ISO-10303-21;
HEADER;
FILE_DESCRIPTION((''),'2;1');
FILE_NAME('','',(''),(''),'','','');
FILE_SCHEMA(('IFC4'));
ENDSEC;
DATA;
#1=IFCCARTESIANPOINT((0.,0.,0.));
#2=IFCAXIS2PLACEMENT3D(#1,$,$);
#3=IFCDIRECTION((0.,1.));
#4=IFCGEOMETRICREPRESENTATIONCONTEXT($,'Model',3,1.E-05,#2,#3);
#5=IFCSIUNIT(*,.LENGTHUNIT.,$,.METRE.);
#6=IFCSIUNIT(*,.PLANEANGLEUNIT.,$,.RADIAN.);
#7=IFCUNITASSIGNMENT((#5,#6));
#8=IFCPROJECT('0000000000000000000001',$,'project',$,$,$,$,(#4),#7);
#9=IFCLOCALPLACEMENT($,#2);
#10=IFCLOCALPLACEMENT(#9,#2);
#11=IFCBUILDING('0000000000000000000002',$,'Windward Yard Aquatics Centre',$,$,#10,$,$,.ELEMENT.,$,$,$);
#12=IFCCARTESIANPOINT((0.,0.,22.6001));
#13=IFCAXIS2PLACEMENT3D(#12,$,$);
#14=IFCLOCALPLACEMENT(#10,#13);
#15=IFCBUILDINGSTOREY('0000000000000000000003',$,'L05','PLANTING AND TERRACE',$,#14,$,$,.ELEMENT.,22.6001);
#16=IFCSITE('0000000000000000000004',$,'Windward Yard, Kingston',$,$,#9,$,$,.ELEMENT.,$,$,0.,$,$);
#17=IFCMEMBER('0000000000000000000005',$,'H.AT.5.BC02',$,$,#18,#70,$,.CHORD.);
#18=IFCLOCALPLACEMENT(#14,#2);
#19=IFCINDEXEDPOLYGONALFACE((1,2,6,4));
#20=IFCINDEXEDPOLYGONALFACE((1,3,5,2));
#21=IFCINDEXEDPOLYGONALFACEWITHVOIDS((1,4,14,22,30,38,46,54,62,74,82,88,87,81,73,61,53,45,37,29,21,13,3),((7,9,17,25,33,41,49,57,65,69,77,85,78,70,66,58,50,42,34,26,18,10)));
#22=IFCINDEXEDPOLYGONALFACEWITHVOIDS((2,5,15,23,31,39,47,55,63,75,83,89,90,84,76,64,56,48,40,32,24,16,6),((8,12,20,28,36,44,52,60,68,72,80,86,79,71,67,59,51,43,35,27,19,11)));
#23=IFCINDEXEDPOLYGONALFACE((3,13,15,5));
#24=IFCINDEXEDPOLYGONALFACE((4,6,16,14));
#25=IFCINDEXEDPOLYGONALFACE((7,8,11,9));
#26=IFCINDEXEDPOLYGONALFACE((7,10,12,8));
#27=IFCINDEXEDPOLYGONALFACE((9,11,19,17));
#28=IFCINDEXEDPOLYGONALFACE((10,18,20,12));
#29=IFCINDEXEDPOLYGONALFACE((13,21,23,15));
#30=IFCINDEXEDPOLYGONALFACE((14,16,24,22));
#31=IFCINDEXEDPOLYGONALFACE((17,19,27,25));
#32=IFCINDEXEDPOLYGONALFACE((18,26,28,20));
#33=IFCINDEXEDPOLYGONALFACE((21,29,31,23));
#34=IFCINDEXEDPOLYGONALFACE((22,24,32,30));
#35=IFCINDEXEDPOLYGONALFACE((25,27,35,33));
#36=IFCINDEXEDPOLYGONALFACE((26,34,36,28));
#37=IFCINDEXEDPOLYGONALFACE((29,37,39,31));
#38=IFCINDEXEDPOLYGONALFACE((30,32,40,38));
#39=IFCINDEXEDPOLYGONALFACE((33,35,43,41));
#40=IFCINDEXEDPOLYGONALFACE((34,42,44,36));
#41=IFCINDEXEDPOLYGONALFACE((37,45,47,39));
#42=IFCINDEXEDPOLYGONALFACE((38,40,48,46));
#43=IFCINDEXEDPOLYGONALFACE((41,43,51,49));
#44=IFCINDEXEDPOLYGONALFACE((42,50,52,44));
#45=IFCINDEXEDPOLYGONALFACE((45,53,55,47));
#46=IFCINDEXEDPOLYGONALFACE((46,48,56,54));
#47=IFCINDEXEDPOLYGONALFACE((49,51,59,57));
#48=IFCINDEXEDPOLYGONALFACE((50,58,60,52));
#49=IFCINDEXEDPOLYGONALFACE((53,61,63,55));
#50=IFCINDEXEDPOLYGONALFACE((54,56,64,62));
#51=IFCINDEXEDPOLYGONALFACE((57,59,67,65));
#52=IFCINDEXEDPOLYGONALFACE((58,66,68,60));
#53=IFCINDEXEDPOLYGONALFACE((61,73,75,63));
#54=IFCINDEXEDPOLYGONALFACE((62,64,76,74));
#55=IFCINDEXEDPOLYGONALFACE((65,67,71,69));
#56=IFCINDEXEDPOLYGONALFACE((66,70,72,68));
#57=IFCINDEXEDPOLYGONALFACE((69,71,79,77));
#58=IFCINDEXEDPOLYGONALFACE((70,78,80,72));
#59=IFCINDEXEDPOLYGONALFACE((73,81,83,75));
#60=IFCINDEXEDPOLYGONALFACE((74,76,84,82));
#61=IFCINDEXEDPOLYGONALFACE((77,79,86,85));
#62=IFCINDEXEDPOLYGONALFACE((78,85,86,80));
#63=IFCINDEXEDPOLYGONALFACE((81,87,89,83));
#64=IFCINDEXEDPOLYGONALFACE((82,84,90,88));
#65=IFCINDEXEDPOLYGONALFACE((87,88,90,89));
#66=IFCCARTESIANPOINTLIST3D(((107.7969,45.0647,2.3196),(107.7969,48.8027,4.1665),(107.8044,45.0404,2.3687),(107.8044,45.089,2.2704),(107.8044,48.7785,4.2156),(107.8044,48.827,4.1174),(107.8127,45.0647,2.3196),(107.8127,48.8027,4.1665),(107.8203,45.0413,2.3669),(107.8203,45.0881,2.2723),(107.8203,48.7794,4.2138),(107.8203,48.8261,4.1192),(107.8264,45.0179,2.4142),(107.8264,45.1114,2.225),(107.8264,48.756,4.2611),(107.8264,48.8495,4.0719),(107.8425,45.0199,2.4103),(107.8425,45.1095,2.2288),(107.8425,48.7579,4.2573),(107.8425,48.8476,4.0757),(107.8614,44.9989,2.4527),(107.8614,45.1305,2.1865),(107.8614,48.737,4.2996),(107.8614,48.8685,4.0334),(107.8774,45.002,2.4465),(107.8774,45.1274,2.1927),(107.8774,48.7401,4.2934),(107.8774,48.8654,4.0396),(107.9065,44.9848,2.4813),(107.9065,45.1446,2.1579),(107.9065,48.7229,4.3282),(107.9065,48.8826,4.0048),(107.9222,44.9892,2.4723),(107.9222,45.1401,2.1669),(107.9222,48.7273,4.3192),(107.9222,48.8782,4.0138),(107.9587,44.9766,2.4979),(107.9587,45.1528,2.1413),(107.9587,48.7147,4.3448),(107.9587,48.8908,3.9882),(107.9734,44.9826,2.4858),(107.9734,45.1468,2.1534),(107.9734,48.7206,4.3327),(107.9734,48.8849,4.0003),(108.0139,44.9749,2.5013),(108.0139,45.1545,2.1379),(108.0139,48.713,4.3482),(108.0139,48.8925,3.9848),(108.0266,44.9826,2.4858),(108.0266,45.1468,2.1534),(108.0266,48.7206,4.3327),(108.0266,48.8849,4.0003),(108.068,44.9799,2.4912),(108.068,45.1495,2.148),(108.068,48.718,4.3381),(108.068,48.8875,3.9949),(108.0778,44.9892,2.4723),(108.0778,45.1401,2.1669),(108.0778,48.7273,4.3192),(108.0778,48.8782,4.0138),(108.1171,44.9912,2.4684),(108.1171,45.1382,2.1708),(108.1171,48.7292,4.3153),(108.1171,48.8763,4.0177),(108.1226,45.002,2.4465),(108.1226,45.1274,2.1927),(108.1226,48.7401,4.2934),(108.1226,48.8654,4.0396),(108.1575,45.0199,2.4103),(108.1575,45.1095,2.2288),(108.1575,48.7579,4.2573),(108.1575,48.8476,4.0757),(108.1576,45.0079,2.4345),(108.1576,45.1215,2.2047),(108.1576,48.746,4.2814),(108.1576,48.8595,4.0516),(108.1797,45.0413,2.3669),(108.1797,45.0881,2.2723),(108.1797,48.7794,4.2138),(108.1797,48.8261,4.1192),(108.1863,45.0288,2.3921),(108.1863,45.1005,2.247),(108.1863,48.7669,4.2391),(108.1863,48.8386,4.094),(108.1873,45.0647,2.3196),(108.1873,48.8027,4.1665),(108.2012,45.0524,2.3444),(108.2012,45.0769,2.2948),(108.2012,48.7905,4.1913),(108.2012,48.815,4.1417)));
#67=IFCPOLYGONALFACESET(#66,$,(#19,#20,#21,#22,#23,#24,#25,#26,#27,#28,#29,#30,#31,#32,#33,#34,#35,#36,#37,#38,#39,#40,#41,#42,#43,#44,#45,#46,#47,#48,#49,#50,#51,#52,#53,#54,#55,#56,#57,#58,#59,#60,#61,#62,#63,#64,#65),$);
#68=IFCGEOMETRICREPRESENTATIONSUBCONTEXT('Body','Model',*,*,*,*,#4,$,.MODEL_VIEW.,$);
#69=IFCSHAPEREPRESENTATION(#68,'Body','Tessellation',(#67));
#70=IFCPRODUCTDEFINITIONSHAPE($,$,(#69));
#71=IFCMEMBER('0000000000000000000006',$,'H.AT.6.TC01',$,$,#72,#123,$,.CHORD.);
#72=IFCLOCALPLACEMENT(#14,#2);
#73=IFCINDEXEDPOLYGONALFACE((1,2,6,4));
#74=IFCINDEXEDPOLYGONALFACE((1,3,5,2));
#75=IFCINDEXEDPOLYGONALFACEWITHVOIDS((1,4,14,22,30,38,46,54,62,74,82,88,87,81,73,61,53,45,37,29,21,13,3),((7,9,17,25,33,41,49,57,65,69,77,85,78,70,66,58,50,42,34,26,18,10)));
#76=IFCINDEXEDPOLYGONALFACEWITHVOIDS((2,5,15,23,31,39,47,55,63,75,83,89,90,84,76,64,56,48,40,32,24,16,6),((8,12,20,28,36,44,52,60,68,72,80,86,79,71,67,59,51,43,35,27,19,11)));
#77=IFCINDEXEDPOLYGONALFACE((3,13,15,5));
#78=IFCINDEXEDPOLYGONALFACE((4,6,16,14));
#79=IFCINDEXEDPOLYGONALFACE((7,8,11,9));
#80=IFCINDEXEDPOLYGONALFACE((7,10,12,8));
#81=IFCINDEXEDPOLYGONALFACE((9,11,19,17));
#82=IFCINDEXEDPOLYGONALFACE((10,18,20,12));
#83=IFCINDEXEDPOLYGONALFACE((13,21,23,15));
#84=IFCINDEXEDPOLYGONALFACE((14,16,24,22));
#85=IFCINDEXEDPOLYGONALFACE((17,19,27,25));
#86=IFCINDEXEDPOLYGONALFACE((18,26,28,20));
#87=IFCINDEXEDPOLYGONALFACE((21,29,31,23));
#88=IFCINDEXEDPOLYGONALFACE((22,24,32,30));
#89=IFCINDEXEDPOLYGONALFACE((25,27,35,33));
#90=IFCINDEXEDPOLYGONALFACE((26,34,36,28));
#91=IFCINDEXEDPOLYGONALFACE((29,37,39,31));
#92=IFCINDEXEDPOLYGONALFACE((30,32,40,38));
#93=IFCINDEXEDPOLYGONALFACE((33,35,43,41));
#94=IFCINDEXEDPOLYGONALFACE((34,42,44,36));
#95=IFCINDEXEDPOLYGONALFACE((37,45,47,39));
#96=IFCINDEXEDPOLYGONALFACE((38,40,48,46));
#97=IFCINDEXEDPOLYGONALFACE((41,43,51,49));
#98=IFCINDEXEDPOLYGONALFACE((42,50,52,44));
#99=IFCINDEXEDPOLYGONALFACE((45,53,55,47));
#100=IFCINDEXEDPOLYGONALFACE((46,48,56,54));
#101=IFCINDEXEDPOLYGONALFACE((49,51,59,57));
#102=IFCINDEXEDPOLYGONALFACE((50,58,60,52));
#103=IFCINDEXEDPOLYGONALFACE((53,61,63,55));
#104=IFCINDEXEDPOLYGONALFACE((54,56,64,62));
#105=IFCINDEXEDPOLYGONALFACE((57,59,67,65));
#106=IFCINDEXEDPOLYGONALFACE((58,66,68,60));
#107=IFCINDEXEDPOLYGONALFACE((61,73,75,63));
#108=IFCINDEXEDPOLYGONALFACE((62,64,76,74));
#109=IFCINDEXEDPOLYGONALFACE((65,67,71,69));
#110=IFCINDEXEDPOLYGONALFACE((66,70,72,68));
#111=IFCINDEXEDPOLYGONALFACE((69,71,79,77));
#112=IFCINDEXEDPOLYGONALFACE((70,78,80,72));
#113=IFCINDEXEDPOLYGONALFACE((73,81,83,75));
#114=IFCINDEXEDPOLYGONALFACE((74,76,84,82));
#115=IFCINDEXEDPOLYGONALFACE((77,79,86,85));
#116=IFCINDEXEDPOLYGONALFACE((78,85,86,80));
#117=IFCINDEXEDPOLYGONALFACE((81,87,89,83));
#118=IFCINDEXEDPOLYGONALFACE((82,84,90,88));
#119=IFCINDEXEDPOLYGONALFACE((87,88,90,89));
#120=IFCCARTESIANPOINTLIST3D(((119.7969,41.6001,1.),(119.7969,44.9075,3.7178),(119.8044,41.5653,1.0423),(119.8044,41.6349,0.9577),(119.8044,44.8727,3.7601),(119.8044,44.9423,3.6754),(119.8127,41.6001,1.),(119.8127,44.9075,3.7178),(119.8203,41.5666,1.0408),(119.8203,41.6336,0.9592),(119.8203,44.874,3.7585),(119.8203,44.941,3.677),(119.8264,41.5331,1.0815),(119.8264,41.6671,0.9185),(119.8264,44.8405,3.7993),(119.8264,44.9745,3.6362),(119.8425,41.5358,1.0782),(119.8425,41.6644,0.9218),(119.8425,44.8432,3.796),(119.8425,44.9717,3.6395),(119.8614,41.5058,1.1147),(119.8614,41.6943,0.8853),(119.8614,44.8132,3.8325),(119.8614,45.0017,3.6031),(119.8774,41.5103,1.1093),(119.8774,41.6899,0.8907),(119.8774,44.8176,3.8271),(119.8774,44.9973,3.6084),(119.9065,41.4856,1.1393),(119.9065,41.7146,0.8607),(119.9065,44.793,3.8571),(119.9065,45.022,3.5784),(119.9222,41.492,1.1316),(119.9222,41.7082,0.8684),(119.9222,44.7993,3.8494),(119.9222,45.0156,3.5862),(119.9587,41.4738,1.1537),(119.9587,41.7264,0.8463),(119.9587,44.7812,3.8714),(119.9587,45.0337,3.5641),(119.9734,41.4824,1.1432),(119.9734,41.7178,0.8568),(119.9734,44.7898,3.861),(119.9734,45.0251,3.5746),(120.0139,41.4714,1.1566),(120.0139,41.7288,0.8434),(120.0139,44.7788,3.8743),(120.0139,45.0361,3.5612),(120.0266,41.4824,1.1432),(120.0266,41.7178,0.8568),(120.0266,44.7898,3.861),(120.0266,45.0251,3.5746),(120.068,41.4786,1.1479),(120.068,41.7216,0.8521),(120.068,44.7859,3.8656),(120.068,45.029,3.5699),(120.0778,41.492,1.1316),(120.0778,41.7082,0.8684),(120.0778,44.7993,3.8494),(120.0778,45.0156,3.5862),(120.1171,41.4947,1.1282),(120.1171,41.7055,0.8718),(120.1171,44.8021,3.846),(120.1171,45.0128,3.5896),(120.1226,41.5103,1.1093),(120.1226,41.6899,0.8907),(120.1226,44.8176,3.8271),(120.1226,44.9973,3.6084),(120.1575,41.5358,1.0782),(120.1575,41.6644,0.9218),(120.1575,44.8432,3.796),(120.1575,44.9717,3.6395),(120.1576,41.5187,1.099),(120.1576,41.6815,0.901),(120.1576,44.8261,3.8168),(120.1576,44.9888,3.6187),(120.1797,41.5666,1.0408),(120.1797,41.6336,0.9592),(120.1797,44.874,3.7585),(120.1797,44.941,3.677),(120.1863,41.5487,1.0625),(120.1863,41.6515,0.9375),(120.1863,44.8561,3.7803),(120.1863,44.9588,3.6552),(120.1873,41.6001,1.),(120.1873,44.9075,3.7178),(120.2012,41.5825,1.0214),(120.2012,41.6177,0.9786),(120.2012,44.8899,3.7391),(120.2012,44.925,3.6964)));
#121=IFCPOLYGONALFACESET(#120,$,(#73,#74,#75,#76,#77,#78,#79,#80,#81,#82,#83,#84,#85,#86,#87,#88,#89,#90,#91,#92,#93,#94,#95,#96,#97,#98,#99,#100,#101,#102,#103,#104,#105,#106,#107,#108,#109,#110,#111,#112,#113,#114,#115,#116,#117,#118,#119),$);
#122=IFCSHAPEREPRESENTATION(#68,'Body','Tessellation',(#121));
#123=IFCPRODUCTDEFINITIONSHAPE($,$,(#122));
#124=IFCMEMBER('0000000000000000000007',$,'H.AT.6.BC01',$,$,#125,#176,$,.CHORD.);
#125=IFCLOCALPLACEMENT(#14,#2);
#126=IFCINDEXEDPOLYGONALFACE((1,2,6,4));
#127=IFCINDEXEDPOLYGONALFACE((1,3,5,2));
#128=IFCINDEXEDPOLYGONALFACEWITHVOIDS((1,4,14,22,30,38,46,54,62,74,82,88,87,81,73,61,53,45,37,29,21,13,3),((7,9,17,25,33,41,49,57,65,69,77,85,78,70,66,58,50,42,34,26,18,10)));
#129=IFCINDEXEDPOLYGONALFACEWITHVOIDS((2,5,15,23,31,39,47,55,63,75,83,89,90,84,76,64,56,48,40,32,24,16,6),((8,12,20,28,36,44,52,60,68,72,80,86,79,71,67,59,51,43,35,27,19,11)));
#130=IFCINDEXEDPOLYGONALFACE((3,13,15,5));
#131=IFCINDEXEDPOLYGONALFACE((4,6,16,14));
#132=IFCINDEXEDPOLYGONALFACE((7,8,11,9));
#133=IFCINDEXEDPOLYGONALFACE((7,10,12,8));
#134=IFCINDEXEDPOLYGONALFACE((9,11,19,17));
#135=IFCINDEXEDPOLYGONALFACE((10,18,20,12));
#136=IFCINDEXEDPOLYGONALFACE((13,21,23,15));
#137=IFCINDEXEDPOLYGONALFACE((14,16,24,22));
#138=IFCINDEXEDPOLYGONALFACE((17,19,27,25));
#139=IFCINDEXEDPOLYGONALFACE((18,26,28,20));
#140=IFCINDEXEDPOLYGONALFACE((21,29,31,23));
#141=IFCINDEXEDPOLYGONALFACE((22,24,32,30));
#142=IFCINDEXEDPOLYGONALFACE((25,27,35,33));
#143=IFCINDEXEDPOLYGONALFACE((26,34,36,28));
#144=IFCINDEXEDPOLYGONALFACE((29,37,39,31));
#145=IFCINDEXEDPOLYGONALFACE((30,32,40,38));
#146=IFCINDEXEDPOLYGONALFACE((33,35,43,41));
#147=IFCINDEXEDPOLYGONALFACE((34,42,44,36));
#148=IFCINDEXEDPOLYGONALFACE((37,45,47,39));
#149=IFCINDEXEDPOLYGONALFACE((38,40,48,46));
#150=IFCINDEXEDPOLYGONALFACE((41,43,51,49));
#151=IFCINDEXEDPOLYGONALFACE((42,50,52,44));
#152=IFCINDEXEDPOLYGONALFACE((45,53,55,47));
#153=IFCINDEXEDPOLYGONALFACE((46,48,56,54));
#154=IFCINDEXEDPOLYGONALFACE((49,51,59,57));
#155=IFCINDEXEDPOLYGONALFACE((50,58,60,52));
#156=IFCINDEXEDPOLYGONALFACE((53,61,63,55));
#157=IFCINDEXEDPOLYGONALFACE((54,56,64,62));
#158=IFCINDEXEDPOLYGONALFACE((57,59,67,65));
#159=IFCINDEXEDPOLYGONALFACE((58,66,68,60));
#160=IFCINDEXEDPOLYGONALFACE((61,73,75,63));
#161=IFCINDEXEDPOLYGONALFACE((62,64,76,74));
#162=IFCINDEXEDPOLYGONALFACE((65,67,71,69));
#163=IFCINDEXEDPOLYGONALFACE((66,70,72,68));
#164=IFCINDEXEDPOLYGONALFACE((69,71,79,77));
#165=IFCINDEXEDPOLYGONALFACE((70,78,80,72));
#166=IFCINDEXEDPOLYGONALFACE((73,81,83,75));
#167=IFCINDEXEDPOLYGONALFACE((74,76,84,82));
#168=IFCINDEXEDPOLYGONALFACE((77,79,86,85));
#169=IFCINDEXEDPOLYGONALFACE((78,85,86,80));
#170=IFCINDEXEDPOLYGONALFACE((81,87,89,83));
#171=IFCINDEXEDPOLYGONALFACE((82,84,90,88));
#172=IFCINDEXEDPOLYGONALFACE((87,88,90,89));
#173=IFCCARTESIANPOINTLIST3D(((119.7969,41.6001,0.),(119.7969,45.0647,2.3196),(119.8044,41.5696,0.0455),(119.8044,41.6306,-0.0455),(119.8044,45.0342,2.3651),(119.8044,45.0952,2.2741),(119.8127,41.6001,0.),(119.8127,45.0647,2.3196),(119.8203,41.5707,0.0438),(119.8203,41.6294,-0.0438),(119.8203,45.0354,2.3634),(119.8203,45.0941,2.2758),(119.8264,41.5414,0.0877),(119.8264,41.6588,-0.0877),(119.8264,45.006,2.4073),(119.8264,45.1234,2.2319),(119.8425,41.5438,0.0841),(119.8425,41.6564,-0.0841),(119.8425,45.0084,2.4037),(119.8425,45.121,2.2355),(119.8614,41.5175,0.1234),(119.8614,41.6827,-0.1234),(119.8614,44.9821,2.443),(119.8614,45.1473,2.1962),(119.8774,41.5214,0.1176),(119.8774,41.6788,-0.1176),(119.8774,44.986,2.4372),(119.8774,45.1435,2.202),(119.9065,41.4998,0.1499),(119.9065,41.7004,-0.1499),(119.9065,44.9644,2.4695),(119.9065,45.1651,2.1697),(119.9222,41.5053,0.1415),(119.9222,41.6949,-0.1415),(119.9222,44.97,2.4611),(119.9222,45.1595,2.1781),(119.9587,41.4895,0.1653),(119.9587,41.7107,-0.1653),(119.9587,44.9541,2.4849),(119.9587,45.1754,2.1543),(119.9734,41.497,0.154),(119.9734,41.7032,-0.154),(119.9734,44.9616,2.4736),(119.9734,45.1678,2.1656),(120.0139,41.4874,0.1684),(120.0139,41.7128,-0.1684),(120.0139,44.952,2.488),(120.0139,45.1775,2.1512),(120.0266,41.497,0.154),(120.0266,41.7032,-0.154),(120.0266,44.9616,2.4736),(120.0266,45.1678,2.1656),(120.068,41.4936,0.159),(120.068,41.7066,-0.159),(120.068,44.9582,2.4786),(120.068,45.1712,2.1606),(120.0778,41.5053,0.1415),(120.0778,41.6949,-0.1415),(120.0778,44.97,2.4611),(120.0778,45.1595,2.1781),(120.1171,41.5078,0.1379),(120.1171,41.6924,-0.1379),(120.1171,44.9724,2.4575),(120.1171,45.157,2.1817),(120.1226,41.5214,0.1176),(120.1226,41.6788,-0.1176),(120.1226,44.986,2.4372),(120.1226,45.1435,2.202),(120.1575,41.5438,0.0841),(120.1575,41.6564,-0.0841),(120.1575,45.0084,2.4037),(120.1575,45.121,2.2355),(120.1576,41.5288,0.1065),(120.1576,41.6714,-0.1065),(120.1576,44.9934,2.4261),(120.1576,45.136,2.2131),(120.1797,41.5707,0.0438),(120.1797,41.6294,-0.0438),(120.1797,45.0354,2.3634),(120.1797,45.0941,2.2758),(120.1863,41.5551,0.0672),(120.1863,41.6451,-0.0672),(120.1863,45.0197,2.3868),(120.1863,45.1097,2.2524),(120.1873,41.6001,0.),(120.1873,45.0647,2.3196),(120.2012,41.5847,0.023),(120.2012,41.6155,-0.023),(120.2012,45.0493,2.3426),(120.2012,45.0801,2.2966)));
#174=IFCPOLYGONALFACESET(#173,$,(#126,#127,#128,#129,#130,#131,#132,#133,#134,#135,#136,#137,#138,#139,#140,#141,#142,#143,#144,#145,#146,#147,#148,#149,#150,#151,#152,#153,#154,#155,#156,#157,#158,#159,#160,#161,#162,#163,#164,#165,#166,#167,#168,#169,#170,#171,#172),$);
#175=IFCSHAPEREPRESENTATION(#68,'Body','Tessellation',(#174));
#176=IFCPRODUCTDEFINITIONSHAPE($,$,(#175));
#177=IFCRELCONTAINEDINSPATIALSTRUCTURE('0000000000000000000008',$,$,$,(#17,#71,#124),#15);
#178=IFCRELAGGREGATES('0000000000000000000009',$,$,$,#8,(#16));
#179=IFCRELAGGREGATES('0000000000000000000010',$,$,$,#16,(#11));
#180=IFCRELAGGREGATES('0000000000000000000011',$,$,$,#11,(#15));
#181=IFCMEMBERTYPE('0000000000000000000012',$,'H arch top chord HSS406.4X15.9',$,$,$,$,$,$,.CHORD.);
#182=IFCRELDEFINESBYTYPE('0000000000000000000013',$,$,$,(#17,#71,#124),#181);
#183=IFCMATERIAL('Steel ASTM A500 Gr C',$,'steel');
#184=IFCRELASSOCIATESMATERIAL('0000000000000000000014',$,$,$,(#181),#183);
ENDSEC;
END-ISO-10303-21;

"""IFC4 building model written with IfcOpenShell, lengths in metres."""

from ifc_helpers import new_model, si_unit, direction, frame, origin, origin_2d, place, context, subcontext, project, spatial, hollow_circle, extrude, material, material_profile, profile_set, type_object, element, save


model = new_model("IFC4")

# Units and contexts
model_context = context("Model", 3, precision=1e-05, world=origin(), true_north=direction((0.0, 1.0)))
body_context = subcontext(model_context, "Body", "Model", "MODEL_VIEW")
ifc_project = project(units=[si_unit("LENGTHUNIT", "METRE"), si_unit("PLANEANGLEUNIT", "RADIAN")], contexts=[model_context])

# Site, building, storey
site_placement = place(None, origin())
site = spatial("IfcSite", under=ifc_project, at=site_placement, Name="Windward Yard, Kingston", CompositionType="ELEMENT", RefElevation=0.0)
building_placement = place(site_placement, origin())
building = spatial("IfcBuilding", under=site, at=building_placement, Name="Windward Yard Aquatics Centre", CompositionType="ELEMENT")
storey_placement = place(building_placement, frame((0.0, 0.0, 22.6001)))
storey = spatial("IfcBuildingStorey", under=building, at=storey_placement, Name="L05", Description="PLANTING AND TERRACE", CompositionType="ELEMENT", Elevation=22.6001)

# Members
ifc_material_1 = material(Name="Steel ASTM A500 Gr C", Category="steel")
ifc_material_profile_1 = material_profile(ifc_material_1, hollow_circle(Radius=0.2031, WallThickness=0.0159, at=origin_2d()), Name="HSS406.4X15.9")
ifc_profile_set_1 = profile_set([ifc_material_profile_1], Name="Steel ASTM A500 Gr C")
member_type_1 = type_object("IfcMemberType", Name="H arch top chord HSS406.4X15.9", PredefinedType="CHORD", material=ifc_profile_set_1)
member_1_placement = place(storey_placement, frame((108.0, 45.0647, 2.3196), z_axis=(0.0, 0.896537, 0.442969), x_axis=(-1.0, 0.0, 0.0)))
element("IfcMember", 1, at=member_1_placement, inside=storey, type_object=member_type_1, Name="H.AT.5.BC02", PredefinedType="CHORD", context=body_context, shape_type="SweptSolid", body=[
    extrude(hollow_circle(Radius=0.2031, WallThickness=0.0159, at=origin_2d()), origin(), (0.0, 0.0, 1.0), 4.1694),
])
member_2_placement = place(storey_placement, frame((120.0, 41.6001, 1.0), z_axis=(0.0, 0.772611, 0.634879), x_axis=(-1.0, 0.0, 0.0)))
element("IfcMember", 2, at=member_2_placement, inside=storey, type_object=member_type_1, Name="H.AT.6.TC01", PredefinedType="CHORD", context=body_context, shape_type="SweptSolid", body=[
    extrude(hollow_circle(Radius=0.2031, WallThickness=0.0159, at=origin_2d()), origin(), (0.0, 0.0, 1.0), 4.2808),
])
member_3_placement = place(storey_placement, frame((120.0, 41.6001, 0.0), z_axis=(0.0, 0.830959, 0.556334), x_axis=(-1.0, 0.0, 0.0)))
element("IfcMember", 3, at=member_3_placement, inside=storey, type_object=member_type_1, Name="H.AT.6.BC01", PredefinedType="CHORD", context=body_context, shape_type="SweptSolid", body=[
    extrude(hollow_circle(Radius=0.2031, WallThickness=0.0159, at=origin_2d()), origin(), (0.0, 0.0, 1.0), 4.1694),
])

save(model, "model.ifc")
